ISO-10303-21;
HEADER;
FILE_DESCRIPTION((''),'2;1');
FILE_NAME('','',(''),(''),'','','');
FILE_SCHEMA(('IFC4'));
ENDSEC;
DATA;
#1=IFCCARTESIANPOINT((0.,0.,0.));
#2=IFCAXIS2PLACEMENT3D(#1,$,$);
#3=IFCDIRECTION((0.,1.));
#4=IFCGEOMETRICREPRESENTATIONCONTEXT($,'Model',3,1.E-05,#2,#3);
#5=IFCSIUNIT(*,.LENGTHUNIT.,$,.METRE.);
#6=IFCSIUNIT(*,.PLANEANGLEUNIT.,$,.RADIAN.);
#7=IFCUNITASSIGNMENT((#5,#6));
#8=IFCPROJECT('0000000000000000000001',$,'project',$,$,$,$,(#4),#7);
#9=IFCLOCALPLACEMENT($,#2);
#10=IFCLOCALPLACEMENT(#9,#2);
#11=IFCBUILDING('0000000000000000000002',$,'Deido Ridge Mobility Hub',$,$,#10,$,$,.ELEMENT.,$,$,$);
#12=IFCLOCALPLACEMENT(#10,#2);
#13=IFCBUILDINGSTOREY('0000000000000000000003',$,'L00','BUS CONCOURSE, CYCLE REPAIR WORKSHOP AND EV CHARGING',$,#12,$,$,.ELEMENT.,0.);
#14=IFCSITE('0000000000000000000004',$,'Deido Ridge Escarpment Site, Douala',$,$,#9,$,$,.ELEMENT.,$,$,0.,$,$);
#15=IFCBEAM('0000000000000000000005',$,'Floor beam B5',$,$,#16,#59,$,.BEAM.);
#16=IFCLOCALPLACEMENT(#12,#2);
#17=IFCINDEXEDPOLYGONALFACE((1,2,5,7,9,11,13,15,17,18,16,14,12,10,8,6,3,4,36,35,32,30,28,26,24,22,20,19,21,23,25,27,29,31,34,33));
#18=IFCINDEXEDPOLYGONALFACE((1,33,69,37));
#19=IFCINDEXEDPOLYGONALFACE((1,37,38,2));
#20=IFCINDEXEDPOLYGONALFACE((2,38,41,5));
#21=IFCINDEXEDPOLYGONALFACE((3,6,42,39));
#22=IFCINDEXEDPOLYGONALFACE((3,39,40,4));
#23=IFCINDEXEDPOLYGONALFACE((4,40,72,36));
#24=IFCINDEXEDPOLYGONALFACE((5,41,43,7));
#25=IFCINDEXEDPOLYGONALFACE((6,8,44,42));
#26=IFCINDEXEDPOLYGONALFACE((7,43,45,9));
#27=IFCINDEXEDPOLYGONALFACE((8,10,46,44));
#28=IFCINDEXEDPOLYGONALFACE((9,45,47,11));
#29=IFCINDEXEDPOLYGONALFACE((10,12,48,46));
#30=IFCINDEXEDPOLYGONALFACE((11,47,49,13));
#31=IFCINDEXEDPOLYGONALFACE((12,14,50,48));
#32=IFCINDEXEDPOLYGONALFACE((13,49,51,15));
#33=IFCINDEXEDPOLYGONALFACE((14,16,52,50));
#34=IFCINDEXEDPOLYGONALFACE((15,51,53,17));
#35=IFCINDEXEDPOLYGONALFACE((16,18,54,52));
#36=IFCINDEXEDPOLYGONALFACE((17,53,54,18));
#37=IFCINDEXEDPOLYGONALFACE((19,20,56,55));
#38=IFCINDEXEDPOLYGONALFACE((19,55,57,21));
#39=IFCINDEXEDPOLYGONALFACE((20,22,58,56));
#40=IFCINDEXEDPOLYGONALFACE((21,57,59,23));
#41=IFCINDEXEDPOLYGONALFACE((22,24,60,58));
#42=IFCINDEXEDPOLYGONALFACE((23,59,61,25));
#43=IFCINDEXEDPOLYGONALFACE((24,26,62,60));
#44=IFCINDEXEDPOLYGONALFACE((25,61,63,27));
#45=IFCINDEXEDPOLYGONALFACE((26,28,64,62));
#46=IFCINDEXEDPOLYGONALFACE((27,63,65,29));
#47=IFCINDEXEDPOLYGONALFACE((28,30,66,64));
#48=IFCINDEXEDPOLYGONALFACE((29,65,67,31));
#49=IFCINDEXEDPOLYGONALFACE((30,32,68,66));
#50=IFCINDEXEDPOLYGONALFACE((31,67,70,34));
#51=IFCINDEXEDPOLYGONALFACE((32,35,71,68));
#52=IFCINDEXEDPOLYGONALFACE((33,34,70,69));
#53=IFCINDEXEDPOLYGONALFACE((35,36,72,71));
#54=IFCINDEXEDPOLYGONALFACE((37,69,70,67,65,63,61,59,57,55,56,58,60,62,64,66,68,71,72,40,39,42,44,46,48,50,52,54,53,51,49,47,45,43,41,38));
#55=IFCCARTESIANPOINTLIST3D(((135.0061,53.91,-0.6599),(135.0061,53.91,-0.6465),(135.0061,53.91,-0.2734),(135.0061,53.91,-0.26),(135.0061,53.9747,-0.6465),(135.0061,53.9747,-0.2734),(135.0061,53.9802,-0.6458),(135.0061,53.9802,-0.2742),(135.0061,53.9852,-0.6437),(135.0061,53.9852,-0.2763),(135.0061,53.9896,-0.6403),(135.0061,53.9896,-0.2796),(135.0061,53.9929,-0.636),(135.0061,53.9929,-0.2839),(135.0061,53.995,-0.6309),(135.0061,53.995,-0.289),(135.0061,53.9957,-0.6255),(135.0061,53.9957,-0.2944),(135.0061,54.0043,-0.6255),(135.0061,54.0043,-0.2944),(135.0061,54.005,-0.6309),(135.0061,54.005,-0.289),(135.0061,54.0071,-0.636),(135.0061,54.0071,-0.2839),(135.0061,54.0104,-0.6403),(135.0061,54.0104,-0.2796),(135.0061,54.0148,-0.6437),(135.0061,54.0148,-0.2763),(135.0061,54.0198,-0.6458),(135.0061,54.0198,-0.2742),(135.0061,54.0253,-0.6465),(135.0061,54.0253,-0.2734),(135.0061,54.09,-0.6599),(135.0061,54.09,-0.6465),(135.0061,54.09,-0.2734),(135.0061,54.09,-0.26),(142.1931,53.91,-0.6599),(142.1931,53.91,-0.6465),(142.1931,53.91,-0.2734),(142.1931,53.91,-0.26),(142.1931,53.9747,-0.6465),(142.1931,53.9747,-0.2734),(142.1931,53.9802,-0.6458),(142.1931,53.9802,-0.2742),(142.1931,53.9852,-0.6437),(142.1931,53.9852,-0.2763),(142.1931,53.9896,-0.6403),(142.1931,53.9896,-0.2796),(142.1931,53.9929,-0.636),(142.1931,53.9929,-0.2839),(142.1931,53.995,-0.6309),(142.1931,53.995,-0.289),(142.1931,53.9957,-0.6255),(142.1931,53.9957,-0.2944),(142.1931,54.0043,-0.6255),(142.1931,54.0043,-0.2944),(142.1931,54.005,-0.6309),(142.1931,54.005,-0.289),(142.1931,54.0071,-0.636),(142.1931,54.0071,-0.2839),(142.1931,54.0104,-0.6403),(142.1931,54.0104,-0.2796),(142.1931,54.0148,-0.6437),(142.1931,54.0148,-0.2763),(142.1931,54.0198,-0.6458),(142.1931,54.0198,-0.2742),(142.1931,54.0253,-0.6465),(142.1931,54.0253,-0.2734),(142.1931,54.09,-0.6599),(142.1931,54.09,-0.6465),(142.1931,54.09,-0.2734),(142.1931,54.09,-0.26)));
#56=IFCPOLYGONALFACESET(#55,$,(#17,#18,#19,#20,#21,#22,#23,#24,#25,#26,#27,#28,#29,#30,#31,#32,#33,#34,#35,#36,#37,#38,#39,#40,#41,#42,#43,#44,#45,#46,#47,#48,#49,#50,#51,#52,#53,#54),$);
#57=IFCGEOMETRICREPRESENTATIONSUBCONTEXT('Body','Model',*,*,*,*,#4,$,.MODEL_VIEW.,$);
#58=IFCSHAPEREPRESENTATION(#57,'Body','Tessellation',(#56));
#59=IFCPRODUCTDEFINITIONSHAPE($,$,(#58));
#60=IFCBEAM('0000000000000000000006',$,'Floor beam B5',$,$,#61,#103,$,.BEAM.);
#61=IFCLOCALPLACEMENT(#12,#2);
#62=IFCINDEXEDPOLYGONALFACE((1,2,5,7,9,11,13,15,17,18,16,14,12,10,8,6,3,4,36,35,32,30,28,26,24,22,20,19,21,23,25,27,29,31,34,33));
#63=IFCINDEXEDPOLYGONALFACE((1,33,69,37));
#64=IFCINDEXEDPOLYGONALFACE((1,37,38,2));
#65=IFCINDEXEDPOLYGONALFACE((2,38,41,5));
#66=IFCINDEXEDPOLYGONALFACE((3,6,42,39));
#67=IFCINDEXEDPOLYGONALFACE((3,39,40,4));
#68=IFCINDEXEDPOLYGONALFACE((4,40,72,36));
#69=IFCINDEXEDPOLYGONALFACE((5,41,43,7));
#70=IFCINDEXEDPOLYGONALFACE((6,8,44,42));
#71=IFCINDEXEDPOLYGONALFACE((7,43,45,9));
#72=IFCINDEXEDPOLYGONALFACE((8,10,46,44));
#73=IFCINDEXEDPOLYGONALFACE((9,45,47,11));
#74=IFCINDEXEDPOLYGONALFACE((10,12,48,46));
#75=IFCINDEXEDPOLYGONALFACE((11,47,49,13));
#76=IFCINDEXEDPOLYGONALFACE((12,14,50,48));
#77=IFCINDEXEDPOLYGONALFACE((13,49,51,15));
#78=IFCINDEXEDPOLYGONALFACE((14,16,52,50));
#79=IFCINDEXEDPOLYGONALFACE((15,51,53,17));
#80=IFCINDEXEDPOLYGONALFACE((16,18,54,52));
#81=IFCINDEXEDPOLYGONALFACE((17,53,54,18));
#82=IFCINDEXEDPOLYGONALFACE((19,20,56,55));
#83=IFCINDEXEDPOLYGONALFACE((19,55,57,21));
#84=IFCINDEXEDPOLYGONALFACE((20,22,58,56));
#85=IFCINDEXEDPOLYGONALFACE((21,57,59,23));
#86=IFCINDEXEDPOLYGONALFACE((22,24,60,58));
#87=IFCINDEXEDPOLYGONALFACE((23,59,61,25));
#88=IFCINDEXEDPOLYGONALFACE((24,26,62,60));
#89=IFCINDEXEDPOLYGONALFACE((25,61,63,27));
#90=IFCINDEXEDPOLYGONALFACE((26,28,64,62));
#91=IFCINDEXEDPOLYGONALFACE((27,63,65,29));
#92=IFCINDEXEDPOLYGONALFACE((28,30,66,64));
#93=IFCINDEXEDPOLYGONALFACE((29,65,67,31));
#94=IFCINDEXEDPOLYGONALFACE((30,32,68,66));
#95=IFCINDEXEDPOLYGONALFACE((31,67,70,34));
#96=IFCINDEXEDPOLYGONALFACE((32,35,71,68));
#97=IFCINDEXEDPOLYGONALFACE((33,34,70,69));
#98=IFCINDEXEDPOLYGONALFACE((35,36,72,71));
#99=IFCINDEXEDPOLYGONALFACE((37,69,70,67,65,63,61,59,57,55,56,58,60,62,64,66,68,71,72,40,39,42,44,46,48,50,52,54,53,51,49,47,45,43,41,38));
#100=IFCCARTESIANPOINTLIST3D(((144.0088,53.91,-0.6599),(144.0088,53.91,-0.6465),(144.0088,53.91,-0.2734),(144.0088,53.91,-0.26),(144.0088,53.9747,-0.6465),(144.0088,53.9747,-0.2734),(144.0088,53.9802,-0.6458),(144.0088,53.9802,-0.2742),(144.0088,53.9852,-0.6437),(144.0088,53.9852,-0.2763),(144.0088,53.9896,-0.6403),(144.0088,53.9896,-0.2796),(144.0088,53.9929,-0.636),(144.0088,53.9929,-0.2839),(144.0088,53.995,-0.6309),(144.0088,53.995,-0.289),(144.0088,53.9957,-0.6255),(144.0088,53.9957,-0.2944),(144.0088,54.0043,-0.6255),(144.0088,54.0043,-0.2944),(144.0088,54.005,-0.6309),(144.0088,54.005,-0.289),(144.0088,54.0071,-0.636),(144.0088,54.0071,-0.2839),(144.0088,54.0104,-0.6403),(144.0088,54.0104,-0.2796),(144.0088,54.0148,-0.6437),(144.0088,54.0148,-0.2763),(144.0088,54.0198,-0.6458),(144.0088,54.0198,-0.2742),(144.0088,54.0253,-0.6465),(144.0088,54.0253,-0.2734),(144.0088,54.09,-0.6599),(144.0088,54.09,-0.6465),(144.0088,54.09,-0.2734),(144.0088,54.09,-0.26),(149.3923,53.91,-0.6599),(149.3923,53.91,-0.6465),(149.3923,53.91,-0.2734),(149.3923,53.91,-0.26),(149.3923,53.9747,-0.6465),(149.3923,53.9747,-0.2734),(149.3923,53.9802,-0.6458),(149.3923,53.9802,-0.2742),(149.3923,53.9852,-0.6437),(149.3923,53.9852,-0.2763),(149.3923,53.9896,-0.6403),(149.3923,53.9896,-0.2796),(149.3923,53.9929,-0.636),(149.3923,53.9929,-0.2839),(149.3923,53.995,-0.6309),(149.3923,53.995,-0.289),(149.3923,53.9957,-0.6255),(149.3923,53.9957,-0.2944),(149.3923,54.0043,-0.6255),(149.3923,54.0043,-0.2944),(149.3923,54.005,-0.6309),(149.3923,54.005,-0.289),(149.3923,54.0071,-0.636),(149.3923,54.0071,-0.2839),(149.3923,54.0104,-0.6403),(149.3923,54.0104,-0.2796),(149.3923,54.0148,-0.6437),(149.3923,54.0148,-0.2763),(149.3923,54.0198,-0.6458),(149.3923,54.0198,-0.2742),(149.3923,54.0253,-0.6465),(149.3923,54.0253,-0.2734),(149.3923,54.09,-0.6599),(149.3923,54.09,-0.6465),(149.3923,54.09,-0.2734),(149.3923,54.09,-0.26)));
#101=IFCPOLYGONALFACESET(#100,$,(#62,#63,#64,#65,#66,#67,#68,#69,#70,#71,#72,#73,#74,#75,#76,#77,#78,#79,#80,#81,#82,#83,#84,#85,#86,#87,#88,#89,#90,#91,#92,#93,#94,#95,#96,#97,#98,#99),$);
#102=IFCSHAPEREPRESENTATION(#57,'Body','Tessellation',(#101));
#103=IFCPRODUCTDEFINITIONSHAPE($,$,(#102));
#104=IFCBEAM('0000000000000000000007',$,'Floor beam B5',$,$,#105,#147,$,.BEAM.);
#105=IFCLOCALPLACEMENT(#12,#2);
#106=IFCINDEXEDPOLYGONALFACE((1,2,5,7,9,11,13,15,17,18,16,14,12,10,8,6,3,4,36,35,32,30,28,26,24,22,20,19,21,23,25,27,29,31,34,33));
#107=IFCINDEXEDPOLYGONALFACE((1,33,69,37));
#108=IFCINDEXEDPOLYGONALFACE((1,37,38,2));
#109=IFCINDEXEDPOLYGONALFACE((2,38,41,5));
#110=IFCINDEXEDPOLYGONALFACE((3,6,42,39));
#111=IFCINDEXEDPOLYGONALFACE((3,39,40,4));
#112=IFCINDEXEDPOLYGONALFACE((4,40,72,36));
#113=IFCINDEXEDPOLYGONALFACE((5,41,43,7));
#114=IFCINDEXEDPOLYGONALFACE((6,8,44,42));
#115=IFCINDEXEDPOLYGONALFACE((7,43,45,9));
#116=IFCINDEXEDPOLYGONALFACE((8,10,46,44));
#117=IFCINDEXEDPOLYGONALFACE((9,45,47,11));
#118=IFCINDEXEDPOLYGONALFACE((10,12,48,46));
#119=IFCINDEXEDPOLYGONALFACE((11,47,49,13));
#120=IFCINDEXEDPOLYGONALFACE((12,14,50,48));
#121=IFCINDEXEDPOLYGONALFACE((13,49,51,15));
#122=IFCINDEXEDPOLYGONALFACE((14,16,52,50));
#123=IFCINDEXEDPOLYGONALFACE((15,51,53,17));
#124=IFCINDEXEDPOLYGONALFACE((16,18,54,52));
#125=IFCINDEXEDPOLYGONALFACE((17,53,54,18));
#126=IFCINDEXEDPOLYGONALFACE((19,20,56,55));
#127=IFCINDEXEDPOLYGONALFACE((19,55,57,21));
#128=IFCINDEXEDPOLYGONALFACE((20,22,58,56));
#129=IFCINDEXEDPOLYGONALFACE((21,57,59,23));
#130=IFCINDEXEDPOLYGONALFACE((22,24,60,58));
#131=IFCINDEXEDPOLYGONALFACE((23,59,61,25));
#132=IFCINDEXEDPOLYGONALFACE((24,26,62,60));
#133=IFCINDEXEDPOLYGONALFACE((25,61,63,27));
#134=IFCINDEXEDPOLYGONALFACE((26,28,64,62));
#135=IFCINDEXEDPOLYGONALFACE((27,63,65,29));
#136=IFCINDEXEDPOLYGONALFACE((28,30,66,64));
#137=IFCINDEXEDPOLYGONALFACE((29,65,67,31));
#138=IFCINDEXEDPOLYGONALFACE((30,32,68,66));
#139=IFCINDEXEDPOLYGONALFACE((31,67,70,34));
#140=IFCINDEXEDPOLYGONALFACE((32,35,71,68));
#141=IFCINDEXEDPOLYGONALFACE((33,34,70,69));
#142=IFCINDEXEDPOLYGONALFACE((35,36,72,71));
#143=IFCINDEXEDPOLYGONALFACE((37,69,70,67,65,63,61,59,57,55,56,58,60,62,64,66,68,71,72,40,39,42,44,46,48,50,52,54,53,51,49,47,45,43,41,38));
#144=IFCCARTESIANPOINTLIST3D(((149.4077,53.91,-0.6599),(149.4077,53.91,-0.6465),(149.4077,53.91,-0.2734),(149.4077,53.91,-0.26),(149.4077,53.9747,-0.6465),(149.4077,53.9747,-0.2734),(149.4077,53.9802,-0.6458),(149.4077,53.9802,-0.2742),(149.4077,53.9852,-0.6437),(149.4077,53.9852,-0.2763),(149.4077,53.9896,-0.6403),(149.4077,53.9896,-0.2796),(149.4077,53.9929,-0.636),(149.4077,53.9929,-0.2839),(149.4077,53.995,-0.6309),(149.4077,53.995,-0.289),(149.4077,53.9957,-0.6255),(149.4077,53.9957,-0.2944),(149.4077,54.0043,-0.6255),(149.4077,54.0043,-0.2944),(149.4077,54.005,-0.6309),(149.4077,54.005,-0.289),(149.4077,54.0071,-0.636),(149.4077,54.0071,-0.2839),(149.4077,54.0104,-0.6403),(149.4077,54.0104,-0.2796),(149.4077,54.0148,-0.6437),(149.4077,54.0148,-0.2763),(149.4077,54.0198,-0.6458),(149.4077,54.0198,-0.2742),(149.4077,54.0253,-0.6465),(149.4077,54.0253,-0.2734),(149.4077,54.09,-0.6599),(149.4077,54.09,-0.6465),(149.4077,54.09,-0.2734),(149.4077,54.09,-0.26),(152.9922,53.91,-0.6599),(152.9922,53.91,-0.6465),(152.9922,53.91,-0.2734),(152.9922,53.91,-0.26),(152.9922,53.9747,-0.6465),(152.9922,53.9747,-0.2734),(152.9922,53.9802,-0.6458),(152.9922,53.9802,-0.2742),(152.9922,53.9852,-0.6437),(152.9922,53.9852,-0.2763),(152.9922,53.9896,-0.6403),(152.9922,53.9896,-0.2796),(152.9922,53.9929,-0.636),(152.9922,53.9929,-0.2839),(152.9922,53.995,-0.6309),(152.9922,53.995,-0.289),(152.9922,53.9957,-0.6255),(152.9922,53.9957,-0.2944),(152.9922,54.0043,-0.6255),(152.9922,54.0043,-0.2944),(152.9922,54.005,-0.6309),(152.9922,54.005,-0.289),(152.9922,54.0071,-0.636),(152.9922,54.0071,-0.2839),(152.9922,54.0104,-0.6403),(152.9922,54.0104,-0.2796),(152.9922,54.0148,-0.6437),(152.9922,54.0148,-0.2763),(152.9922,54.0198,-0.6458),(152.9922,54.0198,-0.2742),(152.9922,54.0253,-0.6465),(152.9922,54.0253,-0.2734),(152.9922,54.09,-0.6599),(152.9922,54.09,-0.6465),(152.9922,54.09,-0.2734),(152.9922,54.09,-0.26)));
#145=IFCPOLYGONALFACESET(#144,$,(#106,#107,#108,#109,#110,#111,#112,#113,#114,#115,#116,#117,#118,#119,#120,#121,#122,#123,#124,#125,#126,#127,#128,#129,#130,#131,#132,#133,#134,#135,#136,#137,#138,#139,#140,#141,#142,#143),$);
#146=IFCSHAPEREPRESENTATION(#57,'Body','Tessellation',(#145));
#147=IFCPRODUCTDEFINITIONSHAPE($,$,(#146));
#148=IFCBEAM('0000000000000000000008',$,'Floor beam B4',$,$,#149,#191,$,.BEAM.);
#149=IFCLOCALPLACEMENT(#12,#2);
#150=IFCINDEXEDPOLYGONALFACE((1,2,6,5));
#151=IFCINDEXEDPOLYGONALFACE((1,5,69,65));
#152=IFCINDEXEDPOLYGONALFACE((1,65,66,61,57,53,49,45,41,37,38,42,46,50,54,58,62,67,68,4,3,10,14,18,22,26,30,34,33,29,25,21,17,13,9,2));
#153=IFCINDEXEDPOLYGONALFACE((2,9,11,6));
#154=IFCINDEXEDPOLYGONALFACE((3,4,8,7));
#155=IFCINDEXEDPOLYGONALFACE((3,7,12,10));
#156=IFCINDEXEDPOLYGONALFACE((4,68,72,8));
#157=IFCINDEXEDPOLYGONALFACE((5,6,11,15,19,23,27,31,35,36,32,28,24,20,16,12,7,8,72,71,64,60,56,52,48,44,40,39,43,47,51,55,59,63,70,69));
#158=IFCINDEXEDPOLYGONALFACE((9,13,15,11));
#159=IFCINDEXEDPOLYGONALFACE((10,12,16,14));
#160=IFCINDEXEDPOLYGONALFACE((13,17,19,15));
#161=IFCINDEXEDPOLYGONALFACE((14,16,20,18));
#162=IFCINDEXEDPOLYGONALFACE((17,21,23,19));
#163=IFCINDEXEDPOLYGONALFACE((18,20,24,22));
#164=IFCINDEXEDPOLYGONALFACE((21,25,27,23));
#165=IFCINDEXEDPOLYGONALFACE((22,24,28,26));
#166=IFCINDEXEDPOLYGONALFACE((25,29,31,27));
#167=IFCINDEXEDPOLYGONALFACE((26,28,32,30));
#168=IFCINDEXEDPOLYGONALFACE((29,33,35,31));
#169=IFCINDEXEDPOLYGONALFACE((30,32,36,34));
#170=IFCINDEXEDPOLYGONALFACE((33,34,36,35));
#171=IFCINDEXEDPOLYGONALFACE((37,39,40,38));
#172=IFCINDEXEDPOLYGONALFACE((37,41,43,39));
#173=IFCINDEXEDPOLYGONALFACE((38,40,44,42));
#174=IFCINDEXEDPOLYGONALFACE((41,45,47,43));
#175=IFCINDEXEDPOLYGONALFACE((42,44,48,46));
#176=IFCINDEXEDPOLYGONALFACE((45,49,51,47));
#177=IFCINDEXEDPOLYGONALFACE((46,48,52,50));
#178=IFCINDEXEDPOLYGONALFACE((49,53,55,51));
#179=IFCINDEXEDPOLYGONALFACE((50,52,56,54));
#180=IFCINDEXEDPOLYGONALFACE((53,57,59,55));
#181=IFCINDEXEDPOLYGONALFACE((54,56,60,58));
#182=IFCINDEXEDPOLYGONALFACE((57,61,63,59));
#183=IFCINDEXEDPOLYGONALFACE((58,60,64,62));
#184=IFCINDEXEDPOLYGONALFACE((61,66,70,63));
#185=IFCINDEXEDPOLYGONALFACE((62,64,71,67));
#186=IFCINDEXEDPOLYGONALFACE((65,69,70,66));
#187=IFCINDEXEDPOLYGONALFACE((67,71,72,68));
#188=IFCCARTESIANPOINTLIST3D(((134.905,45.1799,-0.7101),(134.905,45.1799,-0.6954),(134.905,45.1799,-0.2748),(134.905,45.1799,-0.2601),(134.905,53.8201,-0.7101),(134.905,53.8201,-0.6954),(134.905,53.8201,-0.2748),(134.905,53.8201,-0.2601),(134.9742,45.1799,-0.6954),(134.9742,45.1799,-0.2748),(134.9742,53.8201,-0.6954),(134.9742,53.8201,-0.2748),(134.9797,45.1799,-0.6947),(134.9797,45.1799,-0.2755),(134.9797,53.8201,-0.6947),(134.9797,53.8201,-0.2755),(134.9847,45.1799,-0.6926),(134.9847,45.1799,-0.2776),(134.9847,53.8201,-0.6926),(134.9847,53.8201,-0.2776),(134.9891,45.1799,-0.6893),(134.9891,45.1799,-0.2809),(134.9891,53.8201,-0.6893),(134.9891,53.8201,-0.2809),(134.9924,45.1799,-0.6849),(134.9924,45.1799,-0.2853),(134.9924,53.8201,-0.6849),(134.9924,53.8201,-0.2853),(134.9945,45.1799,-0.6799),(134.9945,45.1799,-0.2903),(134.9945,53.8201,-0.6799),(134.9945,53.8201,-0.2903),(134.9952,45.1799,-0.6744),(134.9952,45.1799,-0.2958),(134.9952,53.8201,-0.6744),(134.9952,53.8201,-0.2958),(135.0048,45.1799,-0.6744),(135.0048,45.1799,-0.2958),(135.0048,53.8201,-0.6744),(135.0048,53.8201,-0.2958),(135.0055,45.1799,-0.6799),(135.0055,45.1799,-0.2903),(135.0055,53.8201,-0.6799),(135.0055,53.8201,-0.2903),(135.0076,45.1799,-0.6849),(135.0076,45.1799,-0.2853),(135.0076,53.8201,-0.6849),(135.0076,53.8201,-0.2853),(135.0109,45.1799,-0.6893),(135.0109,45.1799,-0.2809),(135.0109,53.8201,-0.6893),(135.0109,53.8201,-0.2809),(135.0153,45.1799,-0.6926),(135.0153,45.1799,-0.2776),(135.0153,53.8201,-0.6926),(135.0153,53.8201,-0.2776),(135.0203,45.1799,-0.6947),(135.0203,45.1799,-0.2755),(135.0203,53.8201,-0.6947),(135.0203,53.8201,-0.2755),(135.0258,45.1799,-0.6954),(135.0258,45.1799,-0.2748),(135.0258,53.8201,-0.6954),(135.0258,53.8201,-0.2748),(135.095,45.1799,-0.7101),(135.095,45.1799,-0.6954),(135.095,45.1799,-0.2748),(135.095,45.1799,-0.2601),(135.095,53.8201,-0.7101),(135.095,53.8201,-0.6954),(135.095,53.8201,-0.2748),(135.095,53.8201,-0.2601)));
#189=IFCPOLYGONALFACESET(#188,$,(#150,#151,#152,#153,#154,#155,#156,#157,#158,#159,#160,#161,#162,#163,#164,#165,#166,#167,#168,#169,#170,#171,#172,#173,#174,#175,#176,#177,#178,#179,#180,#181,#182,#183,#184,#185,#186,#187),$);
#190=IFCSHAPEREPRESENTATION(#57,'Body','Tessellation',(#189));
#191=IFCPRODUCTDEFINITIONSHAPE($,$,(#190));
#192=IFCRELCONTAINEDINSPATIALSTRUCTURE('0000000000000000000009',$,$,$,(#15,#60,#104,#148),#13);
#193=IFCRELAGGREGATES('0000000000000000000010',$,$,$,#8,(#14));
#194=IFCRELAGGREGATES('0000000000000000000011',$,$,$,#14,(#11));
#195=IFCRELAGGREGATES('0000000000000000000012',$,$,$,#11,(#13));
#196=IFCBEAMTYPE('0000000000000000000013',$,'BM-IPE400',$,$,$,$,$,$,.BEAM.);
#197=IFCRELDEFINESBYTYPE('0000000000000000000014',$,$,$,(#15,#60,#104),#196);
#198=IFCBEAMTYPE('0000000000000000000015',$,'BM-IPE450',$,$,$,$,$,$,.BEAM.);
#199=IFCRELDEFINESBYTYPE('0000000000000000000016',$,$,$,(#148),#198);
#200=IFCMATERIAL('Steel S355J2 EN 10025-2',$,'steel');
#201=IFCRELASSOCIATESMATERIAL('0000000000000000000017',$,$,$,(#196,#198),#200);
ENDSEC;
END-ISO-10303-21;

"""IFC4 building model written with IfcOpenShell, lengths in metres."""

from ifc_helpers import new_model, si_unit, direction, frame, origin, origin_2d, place, context, subcontext, project, spatial, i_section, extrude, material, material_profile, profile_set, type_object, element, save


model = new_model("IFC4")

# Units and contexts
model_context = context("Model", 3, precision=1e-05, world=origin(), true_north=direction((0.0, 1.0)))
body_context = subcontext(model_context, "Body", "Model", "MODEL_VIEW")
ifc_project = project(units=[si_unit("LENGTHUNIT", "METRE"), si_unit("PLANEANGLEUNIT", "RADIAN")], contexts=[model_context])

# Site, building, storey
site_placement = place(None, origin())
site = spatial("IfcSite", under=ifc_project, at=site_placement, Name="Deido Ridge Escarpment Site, Douala", CompositionType="ELEMENT", RefElevation=0.0)
building_placement = place(site_placement, origin())
building = spatial("IfcBuilding", under=site, at=building_placement, Name="Deido Ridge Mobility Hub", CompositionType="ELEMENT")
storey_placement = place(building_placement, origin())
storey = spatial("IfcBuildingStorey", under=building, at=storey_placement, Name="L00", Description="BUS CONCOURSE, CYCLE REPAIR WORKSHOP AND EV CHARGING", CompositionType="ELEMENT", Elevation=0.0)

# Shared definitions
ifc_material = material(Name="Steel S355J2 EN 10025-2", Category="steel")

# Beams
ifc_material_profile_1 = material_profile(ifc_material, i_section(OverallWidth=0.1799, OverallDepth=0.3999, WebThickness=0.0085, FlangeThickness=0.0134, FilletRadius=0.021, at=origin_2d()), Name="IPE 400")
ifc_profile_set_1 = profile_set([ifc_material_profile_1], Name="Steel S355J2 EN 10025-2")
beam_type_1 = type_object("IfcBeamType", Name="BM-IPE400", PredefinedType="BEAM", material=ifc_profile_set_1)
beam_1_placement = place(storey_placement, frame((135.0061, 54.0, -0.46), z_axis=(1.0, 0.0, 0.0), x_axis=(0.0, 1.0, 0.0)))
element("IfcBeam", 1, at=beam_1_placement, inside=storey, type_object=beam_type_1, Name="Floor beam B5", PredefinedType="BEAM", context=body_context, shape_type="SweptSolid", body=[
    extrude(i_section(OverallWidth=0.1799, OverallDepth=0.3999, WebThickness=0.0085, FlangeThickness=0.0134, FilletRadius=0.021, at=origin_2d()), origin(), (0.0, 0.0, 1.0), 7.187),
])
beam_2_placement = place(storey_placement, frame((144.0088, 54.0, -0.46), z_axis=(1.0, 0.0, 0.0), x_axis=(0.0, 1.0, 0.0)))
element("IfcBeam", 2, at=beam_2_placement, inside=storey, type_object=beam_type_1, Name="Floor beam B5", PredefinedType="BEAM", context=body_context, shape_type="SweptSolid", body=[
    extrude(i_section(OverallWidth=0.1799, OverallDepth=0.3999, WebThickness=0.0085, FlangeThickness=0.0134, FilletRadius=0.021, at=origin_2d()), origin(), (0.0, 0.0, 1.0), 5.3835),
])
beam_3_placement = place(storey_placement, frame((149.4077, 54.0, -0.46), z_axis=(1.0, 0.0, 0.0), x_axis=(0.0, 1.0, 0.0)))
element("IfcBeam", 3, at=beam_3_placement, inside=storey, type_object=beam_type_1, Name="Floor beam B5", PredefinedType="BEAM", context=body_context, shape_type="SweptSolid", body=[
    extrude(i_section(OverallWidth=0.1799, OverallDepth=0.3999, WebThickness=0.0085, FlangeThickness=0.0134, FilletRadius=0.021, at=origin_2d()), origin(), (0.0, 0.0, 1.0), 3.5845),
])
ifc_material_profile_2 = material_profile(ifc_material, i_section(OverallWidth=0.1899, OverallDepth=0.45, WebThickness=0.0095, FlangeThickness=0.0146, FilletRadius=0.021, at=origin_2d()), Name="IPE 450")
ifc_profile_set_2 = profile_set([ifc_material_profile_2], Name="Steel S355J2 EN 10025-2")
beam_type_2 = type_object("IfcBeamType", Name="BM-IPE450", PredefinedType="BEAM", material=ifc_profile_set_2)
for number, where, z_axis, x_axis, name in (
    (4, (135.0, 45.1799, -0.4851), (0.0, 1.0, 0.0), (-1.0, 0.0, 0.0), "Floor beam B4"),
):
    element("IfcBeam", number, at=place(storey_placement, frame(where, z_axis=z_axis, x_axis=x_axis)), inside=storey, type_object=beam_type_2, Name=name, PredefinedType="BEAM", context=body_context, shape_type="SweptSolid", body=[
        extrude(i_section(OverallWidth=0.1899, OverallDepth=0.45, WebThickness=0.0095, FlangeThickness=0.0146, FilletRadius=0.021, at=origin_2d()), origin(), (0.0, 0.0, 1.0), 8.6401),
    ])

save(model, "model.ifc")
